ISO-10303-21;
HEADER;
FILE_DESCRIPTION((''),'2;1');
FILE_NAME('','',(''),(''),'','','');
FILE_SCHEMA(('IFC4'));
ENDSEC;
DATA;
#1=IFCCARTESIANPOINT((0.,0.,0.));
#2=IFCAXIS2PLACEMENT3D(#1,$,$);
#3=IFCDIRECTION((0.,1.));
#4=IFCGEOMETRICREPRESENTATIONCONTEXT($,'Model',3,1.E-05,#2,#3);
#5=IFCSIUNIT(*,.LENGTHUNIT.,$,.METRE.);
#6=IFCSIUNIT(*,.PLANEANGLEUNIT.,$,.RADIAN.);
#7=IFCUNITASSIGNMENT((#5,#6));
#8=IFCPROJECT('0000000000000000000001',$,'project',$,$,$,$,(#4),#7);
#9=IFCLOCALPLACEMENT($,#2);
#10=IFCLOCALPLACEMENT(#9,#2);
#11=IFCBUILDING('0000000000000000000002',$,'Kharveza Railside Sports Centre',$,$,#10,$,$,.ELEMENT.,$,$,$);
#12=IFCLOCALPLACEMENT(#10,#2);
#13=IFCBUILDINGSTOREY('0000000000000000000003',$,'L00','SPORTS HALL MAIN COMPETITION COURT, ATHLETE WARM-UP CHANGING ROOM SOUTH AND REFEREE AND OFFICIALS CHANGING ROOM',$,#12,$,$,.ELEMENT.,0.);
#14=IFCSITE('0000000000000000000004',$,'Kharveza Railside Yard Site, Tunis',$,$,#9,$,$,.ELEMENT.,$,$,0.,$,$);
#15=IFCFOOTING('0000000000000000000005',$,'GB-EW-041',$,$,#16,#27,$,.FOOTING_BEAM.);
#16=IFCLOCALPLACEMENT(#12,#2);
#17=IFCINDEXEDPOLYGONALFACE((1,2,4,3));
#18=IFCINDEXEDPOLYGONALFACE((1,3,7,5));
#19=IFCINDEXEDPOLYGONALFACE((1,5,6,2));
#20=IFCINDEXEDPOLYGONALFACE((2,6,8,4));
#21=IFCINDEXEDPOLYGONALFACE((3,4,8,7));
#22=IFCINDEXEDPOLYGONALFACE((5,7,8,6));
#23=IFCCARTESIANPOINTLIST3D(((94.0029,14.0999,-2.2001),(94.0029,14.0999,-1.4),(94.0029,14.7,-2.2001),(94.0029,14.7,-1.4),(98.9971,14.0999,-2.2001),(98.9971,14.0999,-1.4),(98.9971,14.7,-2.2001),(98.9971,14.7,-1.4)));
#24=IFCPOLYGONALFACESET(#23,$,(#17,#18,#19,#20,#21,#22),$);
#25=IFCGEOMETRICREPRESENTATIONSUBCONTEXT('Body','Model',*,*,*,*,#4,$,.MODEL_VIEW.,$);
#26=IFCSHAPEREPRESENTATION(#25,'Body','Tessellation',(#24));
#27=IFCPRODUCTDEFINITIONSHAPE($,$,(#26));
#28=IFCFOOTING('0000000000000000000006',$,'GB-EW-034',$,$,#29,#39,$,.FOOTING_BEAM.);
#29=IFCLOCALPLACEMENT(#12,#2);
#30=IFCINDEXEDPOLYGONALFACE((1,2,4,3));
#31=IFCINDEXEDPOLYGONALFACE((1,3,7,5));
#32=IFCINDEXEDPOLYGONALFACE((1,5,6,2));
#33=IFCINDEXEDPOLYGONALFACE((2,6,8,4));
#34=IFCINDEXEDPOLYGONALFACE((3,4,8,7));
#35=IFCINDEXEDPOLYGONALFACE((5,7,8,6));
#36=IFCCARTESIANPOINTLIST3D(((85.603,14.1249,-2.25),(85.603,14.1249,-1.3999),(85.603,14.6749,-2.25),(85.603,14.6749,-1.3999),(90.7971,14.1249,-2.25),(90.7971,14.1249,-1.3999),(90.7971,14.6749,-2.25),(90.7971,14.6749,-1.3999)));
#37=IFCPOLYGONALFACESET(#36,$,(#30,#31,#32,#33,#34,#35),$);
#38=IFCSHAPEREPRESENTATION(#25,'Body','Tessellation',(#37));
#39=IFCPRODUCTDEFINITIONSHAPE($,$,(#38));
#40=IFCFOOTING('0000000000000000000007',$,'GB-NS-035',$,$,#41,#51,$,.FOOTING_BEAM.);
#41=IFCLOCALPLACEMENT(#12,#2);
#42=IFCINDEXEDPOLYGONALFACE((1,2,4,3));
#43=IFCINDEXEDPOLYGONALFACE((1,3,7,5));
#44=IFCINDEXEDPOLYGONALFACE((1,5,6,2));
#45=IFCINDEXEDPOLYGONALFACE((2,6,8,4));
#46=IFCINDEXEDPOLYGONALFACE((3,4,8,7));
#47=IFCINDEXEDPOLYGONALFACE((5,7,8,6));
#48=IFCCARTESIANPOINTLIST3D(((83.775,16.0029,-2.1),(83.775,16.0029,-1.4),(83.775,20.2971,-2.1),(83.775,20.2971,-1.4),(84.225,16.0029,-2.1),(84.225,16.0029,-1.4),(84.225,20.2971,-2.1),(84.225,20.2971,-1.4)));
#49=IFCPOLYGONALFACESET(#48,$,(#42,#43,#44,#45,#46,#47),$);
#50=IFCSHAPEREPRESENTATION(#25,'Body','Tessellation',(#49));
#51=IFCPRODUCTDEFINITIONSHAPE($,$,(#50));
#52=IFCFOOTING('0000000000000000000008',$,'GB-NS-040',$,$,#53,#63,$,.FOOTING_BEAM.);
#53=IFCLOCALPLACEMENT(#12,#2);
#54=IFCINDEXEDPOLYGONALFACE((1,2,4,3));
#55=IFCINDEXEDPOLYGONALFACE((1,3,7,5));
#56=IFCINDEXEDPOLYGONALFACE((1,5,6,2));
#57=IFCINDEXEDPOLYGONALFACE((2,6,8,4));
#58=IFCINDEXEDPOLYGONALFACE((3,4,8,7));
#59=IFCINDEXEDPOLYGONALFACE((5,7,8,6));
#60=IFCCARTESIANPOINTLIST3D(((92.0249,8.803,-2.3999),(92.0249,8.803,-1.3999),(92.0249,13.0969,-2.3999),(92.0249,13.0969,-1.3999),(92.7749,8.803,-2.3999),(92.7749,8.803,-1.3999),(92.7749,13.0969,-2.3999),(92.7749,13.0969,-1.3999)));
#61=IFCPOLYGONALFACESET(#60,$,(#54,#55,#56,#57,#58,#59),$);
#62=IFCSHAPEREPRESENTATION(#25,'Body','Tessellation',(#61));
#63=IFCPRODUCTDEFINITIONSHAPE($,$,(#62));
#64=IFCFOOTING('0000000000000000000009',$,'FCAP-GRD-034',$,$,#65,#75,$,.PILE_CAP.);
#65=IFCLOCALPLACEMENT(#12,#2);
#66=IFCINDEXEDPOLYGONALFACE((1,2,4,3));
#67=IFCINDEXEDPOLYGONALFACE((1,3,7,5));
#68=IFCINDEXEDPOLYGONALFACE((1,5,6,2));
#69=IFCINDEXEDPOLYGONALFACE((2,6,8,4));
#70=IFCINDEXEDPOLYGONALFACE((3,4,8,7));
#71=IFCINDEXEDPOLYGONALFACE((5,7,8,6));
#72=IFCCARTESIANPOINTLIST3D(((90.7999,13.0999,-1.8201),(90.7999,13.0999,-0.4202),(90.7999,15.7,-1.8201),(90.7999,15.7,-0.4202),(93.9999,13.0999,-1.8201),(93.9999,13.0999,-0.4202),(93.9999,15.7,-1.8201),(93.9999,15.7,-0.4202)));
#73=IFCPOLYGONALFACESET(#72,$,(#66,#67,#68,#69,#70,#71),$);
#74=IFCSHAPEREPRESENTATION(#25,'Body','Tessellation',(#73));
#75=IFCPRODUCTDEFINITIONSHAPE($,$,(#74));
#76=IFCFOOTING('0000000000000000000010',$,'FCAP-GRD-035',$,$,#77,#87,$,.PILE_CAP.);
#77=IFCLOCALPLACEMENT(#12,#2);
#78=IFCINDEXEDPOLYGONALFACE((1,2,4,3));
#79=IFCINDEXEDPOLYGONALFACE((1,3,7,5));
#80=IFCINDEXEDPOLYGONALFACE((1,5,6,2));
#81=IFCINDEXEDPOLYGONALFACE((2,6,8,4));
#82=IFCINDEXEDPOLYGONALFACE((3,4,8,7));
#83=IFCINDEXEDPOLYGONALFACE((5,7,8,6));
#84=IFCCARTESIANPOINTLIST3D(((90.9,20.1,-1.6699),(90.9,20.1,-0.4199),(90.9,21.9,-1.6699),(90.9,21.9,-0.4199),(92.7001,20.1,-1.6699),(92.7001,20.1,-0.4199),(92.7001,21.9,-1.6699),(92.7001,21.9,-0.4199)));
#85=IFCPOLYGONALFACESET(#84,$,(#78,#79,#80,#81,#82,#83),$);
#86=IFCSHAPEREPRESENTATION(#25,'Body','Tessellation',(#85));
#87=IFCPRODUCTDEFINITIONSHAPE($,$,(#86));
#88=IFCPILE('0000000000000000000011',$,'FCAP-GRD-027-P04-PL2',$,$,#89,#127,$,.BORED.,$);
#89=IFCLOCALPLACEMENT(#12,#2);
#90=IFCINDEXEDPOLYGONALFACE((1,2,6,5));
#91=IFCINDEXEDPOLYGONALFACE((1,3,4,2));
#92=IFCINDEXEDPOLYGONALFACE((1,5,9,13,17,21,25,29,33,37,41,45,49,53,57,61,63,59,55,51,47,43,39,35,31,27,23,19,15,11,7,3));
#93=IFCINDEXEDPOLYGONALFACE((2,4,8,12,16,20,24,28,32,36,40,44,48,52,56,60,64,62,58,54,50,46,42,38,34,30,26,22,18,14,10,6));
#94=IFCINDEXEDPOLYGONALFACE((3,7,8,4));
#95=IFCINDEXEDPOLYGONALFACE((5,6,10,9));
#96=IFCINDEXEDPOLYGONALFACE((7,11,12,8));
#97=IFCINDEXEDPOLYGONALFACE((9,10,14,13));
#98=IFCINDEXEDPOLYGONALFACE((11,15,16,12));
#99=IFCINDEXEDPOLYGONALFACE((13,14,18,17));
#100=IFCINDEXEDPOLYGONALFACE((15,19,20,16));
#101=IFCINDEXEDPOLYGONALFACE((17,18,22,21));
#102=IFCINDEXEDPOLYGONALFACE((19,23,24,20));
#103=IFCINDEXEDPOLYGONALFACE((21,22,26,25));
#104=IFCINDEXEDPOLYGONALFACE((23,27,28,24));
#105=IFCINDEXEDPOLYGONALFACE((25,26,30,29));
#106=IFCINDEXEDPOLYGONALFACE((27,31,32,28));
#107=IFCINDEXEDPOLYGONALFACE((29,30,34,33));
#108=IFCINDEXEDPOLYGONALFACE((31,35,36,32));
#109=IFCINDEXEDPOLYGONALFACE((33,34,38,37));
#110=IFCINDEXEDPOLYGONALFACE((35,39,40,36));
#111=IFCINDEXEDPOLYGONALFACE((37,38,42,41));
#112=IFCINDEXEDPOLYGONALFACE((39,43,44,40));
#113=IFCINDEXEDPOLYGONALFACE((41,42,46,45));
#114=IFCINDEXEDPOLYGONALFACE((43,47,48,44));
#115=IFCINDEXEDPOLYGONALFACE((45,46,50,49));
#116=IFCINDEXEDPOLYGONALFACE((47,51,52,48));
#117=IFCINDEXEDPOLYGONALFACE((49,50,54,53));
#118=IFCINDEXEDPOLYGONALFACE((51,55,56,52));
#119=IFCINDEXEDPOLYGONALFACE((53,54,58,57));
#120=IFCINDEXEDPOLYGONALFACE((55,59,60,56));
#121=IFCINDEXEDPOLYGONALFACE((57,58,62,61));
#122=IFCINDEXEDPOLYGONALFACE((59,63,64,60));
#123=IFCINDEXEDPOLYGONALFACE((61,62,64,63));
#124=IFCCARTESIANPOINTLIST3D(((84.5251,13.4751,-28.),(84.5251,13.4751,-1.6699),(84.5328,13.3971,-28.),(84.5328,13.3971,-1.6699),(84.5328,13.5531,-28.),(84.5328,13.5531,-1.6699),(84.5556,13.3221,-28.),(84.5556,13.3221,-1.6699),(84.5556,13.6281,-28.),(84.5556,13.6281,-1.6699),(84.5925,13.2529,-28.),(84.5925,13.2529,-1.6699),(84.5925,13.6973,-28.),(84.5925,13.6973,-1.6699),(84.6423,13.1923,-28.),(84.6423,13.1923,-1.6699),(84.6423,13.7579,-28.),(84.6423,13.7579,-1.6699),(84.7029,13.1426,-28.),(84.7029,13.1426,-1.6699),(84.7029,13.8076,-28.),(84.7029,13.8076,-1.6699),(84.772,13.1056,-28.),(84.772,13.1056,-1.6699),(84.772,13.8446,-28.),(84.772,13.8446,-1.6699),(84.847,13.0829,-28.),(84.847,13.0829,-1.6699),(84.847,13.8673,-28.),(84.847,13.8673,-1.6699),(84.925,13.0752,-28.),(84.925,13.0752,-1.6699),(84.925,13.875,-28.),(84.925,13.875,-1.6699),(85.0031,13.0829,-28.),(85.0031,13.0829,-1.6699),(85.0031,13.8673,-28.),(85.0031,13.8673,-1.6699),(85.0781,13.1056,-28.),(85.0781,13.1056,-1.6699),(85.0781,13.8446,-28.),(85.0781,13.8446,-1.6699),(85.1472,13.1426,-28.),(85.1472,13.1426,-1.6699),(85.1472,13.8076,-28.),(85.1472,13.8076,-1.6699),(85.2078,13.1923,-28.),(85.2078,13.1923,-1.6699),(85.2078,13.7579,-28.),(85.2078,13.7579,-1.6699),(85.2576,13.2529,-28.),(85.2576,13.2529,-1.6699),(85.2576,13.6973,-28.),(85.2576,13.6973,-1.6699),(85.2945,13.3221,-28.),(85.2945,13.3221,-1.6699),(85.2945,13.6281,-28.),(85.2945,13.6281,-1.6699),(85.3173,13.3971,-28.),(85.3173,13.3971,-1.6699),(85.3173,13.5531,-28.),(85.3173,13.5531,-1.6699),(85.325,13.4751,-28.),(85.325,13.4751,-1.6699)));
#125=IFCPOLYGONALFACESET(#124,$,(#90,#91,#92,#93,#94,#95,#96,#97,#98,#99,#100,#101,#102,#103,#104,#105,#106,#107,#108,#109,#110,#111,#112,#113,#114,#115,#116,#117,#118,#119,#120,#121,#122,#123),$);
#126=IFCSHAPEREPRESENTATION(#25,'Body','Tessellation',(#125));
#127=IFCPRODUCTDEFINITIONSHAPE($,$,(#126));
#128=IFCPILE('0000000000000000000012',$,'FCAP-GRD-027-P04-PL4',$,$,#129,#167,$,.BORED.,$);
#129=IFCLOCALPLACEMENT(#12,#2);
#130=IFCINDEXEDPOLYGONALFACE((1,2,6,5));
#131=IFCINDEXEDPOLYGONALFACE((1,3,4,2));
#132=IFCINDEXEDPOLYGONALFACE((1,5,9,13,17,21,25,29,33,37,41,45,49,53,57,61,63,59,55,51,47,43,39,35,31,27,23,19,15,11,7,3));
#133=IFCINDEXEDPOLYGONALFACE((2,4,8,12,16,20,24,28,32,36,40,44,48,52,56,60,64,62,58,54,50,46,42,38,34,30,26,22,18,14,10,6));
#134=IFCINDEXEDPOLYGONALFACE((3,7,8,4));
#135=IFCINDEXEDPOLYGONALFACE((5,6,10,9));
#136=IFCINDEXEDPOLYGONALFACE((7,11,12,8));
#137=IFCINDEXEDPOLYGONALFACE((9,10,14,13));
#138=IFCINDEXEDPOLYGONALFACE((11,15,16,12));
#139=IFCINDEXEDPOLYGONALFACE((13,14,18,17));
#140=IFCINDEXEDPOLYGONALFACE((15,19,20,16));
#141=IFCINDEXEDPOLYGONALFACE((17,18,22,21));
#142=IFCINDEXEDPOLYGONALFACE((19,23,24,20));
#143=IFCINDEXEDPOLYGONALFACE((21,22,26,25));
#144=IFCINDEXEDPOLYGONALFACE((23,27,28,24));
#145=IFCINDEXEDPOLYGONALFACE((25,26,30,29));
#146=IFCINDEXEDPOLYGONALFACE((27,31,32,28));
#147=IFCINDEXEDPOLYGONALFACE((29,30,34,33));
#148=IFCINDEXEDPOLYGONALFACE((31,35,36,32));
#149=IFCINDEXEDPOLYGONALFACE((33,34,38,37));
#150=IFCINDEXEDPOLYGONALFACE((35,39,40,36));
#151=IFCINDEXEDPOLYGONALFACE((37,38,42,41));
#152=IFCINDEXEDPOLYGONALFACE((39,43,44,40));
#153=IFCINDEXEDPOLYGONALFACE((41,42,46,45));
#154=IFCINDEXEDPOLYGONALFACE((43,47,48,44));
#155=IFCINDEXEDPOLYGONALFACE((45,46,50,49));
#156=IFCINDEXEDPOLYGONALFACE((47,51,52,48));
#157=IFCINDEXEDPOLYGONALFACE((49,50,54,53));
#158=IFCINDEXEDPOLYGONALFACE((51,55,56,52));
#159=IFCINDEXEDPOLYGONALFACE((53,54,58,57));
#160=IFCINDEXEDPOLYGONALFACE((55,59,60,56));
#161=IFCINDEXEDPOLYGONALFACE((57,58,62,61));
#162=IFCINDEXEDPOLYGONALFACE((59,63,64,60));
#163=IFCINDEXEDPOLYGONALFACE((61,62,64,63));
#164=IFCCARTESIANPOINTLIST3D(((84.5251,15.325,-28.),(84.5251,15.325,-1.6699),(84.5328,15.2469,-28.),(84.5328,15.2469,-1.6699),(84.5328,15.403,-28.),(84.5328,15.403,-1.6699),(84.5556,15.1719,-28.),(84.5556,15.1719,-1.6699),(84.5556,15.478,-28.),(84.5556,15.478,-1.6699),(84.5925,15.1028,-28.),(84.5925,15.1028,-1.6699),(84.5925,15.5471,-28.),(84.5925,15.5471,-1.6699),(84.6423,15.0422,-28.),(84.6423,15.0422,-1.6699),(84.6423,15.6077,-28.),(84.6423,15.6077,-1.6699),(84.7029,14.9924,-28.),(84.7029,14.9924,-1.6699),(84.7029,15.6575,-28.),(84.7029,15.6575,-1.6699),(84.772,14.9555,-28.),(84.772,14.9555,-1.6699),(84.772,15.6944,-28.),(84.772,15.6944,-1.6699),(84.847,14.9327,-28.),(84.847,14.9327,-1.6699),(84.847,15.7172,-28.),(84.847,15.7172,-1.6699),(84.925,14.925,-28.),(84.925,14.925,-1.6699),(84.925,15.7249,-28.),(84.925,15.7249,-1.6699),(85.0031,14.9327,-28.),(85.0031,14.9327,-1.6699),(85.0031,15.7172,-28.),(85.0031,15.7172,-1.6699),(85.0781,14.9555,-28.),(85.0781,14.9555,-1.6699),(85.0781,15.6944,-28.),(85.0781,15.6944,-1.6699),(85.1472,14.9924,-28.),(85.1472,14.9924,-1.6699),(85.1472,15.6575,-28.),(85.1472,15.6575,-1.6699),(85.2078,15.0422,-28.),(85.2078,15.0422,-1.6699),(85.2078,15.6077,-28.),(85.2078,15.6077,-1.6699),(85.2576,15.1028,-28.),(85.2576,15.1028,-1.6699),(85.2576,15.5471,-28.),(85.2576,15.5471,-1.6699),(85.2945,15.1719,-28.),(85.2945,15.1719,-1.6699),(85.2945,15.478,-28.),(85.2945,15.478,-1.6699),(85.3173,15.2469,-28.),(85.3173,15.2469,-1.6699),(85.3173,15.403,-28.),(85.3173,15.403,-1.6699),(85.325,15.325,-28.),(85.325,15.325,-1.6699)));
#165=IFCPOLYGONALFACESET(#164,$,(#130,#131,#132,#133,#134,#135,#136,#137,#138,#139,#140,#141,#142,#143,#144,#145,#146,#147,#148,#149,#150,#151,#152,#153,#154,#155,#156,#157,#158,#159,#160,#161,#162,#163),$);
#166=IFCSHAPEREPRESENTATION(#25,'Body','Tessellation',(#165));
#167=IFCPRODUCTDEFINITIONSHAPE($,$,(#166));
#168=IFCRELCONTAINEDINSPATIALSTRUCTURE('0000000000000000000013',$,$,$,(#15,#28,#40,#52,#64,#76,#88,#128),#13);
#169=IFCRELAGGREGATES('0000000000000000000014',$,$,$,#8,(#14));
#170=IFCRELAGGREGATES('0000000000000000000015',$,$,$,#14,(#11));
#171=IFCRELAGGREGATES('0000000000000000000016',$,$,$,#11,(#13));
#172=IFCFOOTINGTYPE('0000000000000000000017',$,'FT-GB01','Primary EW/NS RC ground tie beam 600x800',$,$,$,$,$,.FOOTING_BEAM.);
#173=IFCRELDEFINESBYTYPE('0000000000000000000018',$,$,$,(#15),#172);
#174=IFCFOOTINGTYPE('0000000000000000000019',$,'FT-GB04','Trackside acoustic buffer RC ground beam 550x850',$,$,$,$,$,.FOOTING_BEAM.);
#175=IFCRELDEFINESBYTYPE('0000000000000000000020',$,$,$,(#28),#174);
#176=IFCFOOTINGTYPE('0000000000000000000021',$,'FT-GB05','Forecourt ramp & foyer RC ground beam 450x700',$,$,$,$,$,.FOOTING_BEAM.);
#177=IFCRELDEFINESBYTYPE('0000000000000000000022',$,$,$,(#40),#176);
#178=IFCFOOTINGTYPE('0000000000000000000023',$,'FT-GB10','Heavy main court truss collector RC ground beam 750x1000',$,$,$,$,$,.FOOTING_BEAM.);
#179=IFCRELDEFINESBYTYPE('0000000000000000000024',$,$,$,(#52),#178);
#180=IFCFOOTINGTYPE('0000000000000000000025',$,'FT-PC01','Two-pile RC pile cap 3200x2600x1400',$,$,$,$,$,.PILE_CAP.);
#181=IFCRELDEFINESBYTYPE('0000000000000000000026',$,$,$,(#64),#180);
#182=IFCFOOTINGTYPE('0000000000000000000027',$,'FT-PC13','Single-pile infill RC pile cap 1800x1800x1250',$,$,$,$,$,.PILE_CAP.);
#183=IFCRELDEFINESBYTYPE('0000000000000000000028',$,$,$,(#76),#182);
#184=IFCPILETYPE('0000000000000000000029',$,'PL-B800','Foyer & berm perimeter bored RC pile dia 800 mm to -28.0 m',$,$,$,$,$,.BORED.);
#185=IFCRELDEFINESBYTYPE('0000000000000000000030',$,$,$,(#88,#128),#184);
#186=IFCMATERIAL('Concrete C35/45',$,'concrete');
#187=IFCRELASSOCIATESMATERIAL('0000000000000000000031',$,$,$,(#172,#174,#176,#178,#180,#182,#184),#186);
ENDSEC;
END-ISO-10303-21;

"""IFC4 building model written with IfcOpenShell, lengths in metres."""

from ifc_helpers import new_model, si_unit, direction, frame, origin, origin_2d, place, context, subcontext, project, spatial, rectangle, circle, extrude, material, material_profile, profile_set, type_object, element, save


model = new_model("IFC4")

# Units and contexts
model_context = context("Model", 3, precision=1e-05, world=origin(), true_north=direction((0.0, 1.0)))
body_context = subcontext(model_context, "Body", "Model", "MODEL_VIEW")
ifc_project = project(units=[si_unit("LENGTHUNIT", "METRE"), si_unit("PLANEANGLEUNIT", "RADIAN")], contexts=[model_context])

# Site, building, storey
site_placement = place(None, origin())
site = spatial("IfcSite", under=ifc_project, at=site_placement, Name="Kharveza Railside Yard Site, Tunis", CompositionType="ELEMENT", RefElevation=0.0)
building_placement = place(site_placement, origin())
building = spatial("IfcBuilding", under=site, at=building_placement, Name="Kharveza Railside Sports Centre", CompositionType="ELEMENT")
storey_placement = place(building_placement, origin())
storey = spatial("IfcBuildingStorey", under=building, at=storey_placement, Name="L00", Description="SPORTS HALL MAIN COMPETITION COURT, ATHLETE WARM-UP CHANGING ROOM SOUTH AND REFEREE AND OFFICIALS CHANGING ROOM", CompositionType="ELEMENT", Elevation=0.0)

# Footings
ifc_material_1 = material(Name="Concrete C35/45", Category="concrete")
ifc_material_profile_1 = material_profile(ifc_material_1, rectangle(XDim=0.6001, YDim=0.8, at=origin_2d()), Name="GB 600x800")
ifc_profile_set_1 = profile_set([ifc_material_profile_1], Name="Concrete C35/45")
footing_type_1 = type_object("IfcFootingType", Name="FT-GB01", Description="Primary EW/NS RC ground tie beam 600x800", PredefinedType="FOOTING_BEAM", material=ifc_profile_set_1)
footing_1_placement = place(storey_placement, frame((94.0029, 14.3999, -1.8), z_axis=(1.0, 0.0, 0.0), x_axis=(0.0, 1.0, 0.0)))
element("IfcFooting", 1, at=footing_1_placement, inside=storey, type_object=footing_type_1, Name="GB-EW-041", PredefinedType="FOOTING_BEAM", context=body_context, shape_type="SweptSolid", body=[
    extrude(rectangle(XDim=0.6001, YDim=0.8, at=origin_2d()), origin(), (0.0, 0.0, 1.0), 4.9941),
])
ifc_material_profile_2 = material_profile(ifc_material_1, rectangle(XDim=0.55, YDim=0.8501, at=origin_2d()), Name="GB 550x850")
ifc_profile_set_2 = profile_set([ifc_material_profile_2], Name="Concrete C35/45")
footing_type_2 = type_object("IfcFootingType", Name="FT-GB04", Description="Trackside acoustic buffer RC ground beam 550x850", PredefinedType="FOOTING_BEAM", material=ifc_profile_set_2)
footing_2_placement = place(storey_placement, frame((85.603, 14.3999, -1.825), z_axis=(1.0, 0.0, 0.0), x_axis=(0.0, 1.0, 0.0)))
element("IfcFooting", 2, at=footing_2_placement, inside=storey, type_object=footing_type_2, Name="GB-EW-034", PredefinedType="FOOTING_BEAM", context=body_context, shape_type="SweptSolid", body=[
    extrude(rectangle(XDim=0.55, YDim=0.8501, at=origin_2d()), origin(), (0.0, 0.0, 1.0), 5.1941),
])
ifc_material_profile_3 = material_profile(ifc_material_1, rectangle(XDim=0.45, YDim=0.7, at=origin_2d()), Name="GB 450x700")
ifc_profile_set_3 = profile_set([ifc_material_profile_3], Name="Concrete C35/45")
footing_type_3 = type_object("IfcFootingType", Name="FT-GB05", Description="Forecourt ramp & foyer RC ground beam 450x700", PredefinedType="FOOTING_BEAM", material=ifc_profile_set_3)
footing_3_placement = place(storey_placement, frame((84.0, 16.0029, -1.75), z_axis=(0.0, 1.0, 0.0), x_axis=(-1.0, 0.0, 0.0)))
element("IfcFooting", 3, at=footing_3_placement, inside=storey, type_object=footing_type_3, Name="GB-NS-035", PredefinedType="FOOTING_BEAM", context=body_context, shape_type="SweptSolid", body=[
    extrude(rectangle(XDim=0.45, YDim=0.7, at=origin_2d()), origin(), (0.0, 0.0, 1.0), 4.2942),
])
ifc_material_profile_4 = material_profile(ifc_material_1, rectangle(XDim=0.75, YDim=1.0, at=origin_2d()), Name="GB 750x1000")
ifc_profile_set_4 = profile_set([ifc_material_profile_4], Name="Concrete C35/45")
footing_type_4 = type_object("IfcFootingType", Name="FT-GB10", Description="Heavy main court truss collector RC ground beam 750x1000", PredefinedType="FOOTING_BEAM", material=ifc_profile_set_4)
footing_4_placement = place(storey_placement, frame((92.3999, 8.803, -1.8999), z_axis=(0.0, 1.0, 0.0), x_axis=(-1.0, 0.0, 0.0)))
element("IfcFooting", 4, at=footing_4_placement, inside=storey, type_object=footing_type_4, Name="GB-NS-040", PredefinedType="FOOTING_BEAM", context=body_context, shape_type="SweptSolid", body=[
    extrude(rectangle(XDim=0.75, YDim=1.0, at=origin_2d()), origin(), (0.0, 0.0, 1.0), 4.2939),
])
footing_type_5 = type_object("IfcFootingType", Name="FT-PC01", Description="Two-pile RC pile cap 3200x2600x1400", PredefinedType="PILE_CAP", material=ifc_material_1)
footing_5_placement = place(storey_placement, frame((92.3999, 14.3999, -1.8201), z_axis=(0.0, 0.0, 1.0), x_axis=(1.0, 0.0, 0.0)))
element("IfcFooting", 5, at=footing_5_placement, inside=storey, type_object=footing_type_5, Name="FCAP-GRD-034", PredefinedType="PILE_CAP", context=body_context, shape_type="SweptSolid", body=[
    extrude(rectangle(XDim=3.2, YDim=2.6001, at=origin_2d()), origin(), (0.0, 0.0, 1.0), 1.3999),
])
footing_type_6 = type_object("IfcFootingType", Name="FT-PC13", Description="Single-pile infill RC pile cap 1800x1800x1250", PredefinedType="PILE_CAP", material=ifc_material_1)
footing_6_placement = place(storey_placement, frame((91.8, 21.0, -1.6699), z_axis=(0.0, 0.0, 1.0), x_axis=(1.0, 0.0, 0.0)))
element("IfcFooting", 6, at=footing_6_placement, inside=storey, type_object=footing_type_6, Name="FCAP-GRD-035", PredefinedType="PILE_CAP", context=body_context, shape_type="SweptSolid", body=[
    extrude(rectangle(XDim=1.8, YDim=1.8, at=origin_2d()), origin(), (0.0, 0.0, 1.0), 1.25),
])

# Piles
ifc_material_profile_5 = material_profile(ifc_material_1, circle(Radius=0.3999, at=origin_2d()), Name="PILE D800")
ifc_profile_set_5 = profile_set([ifc_material_profile_5], Name="Concrete C35/45")
pile_type = type_object("IfcPileType", Name="PL-B800", Description="Foyer & berm perimeter bored RC pile dia 800 mm to -28.0 m", PredefinedType="BORED", material=ifc_profile_set_5)
for number, where, z_axis, x_axis, name in (
    (7, (84.925, 13.4751, -1.6699), (0.0, 0.0, -1.0), (1.0, 0.0, 0.0), "FCAP-GRD-027-P04-PL2"),
    (8, (84.925, 15.325, -1.6699), (0.0, 0.0, -1.0), (1.0, 0.0, 0.0), "FCAP-GRD-027-P04-PL4"),
):
    element("IfcPile", number, at=place(storey_placement, frame(where, z_axis=z_axis, x_axis=x_axis)), inside=storey, type_object=pile_type, Name=name, PredefinedType="BORED", context=body_context, shape_type="SweptSolid", body=[
        extrude(circle(Radius=0.3999, at=origin_2d()), origin(), (0.0, 0.0, 1.0), 26.3301),
    ])

save(model, "model.ifc")
